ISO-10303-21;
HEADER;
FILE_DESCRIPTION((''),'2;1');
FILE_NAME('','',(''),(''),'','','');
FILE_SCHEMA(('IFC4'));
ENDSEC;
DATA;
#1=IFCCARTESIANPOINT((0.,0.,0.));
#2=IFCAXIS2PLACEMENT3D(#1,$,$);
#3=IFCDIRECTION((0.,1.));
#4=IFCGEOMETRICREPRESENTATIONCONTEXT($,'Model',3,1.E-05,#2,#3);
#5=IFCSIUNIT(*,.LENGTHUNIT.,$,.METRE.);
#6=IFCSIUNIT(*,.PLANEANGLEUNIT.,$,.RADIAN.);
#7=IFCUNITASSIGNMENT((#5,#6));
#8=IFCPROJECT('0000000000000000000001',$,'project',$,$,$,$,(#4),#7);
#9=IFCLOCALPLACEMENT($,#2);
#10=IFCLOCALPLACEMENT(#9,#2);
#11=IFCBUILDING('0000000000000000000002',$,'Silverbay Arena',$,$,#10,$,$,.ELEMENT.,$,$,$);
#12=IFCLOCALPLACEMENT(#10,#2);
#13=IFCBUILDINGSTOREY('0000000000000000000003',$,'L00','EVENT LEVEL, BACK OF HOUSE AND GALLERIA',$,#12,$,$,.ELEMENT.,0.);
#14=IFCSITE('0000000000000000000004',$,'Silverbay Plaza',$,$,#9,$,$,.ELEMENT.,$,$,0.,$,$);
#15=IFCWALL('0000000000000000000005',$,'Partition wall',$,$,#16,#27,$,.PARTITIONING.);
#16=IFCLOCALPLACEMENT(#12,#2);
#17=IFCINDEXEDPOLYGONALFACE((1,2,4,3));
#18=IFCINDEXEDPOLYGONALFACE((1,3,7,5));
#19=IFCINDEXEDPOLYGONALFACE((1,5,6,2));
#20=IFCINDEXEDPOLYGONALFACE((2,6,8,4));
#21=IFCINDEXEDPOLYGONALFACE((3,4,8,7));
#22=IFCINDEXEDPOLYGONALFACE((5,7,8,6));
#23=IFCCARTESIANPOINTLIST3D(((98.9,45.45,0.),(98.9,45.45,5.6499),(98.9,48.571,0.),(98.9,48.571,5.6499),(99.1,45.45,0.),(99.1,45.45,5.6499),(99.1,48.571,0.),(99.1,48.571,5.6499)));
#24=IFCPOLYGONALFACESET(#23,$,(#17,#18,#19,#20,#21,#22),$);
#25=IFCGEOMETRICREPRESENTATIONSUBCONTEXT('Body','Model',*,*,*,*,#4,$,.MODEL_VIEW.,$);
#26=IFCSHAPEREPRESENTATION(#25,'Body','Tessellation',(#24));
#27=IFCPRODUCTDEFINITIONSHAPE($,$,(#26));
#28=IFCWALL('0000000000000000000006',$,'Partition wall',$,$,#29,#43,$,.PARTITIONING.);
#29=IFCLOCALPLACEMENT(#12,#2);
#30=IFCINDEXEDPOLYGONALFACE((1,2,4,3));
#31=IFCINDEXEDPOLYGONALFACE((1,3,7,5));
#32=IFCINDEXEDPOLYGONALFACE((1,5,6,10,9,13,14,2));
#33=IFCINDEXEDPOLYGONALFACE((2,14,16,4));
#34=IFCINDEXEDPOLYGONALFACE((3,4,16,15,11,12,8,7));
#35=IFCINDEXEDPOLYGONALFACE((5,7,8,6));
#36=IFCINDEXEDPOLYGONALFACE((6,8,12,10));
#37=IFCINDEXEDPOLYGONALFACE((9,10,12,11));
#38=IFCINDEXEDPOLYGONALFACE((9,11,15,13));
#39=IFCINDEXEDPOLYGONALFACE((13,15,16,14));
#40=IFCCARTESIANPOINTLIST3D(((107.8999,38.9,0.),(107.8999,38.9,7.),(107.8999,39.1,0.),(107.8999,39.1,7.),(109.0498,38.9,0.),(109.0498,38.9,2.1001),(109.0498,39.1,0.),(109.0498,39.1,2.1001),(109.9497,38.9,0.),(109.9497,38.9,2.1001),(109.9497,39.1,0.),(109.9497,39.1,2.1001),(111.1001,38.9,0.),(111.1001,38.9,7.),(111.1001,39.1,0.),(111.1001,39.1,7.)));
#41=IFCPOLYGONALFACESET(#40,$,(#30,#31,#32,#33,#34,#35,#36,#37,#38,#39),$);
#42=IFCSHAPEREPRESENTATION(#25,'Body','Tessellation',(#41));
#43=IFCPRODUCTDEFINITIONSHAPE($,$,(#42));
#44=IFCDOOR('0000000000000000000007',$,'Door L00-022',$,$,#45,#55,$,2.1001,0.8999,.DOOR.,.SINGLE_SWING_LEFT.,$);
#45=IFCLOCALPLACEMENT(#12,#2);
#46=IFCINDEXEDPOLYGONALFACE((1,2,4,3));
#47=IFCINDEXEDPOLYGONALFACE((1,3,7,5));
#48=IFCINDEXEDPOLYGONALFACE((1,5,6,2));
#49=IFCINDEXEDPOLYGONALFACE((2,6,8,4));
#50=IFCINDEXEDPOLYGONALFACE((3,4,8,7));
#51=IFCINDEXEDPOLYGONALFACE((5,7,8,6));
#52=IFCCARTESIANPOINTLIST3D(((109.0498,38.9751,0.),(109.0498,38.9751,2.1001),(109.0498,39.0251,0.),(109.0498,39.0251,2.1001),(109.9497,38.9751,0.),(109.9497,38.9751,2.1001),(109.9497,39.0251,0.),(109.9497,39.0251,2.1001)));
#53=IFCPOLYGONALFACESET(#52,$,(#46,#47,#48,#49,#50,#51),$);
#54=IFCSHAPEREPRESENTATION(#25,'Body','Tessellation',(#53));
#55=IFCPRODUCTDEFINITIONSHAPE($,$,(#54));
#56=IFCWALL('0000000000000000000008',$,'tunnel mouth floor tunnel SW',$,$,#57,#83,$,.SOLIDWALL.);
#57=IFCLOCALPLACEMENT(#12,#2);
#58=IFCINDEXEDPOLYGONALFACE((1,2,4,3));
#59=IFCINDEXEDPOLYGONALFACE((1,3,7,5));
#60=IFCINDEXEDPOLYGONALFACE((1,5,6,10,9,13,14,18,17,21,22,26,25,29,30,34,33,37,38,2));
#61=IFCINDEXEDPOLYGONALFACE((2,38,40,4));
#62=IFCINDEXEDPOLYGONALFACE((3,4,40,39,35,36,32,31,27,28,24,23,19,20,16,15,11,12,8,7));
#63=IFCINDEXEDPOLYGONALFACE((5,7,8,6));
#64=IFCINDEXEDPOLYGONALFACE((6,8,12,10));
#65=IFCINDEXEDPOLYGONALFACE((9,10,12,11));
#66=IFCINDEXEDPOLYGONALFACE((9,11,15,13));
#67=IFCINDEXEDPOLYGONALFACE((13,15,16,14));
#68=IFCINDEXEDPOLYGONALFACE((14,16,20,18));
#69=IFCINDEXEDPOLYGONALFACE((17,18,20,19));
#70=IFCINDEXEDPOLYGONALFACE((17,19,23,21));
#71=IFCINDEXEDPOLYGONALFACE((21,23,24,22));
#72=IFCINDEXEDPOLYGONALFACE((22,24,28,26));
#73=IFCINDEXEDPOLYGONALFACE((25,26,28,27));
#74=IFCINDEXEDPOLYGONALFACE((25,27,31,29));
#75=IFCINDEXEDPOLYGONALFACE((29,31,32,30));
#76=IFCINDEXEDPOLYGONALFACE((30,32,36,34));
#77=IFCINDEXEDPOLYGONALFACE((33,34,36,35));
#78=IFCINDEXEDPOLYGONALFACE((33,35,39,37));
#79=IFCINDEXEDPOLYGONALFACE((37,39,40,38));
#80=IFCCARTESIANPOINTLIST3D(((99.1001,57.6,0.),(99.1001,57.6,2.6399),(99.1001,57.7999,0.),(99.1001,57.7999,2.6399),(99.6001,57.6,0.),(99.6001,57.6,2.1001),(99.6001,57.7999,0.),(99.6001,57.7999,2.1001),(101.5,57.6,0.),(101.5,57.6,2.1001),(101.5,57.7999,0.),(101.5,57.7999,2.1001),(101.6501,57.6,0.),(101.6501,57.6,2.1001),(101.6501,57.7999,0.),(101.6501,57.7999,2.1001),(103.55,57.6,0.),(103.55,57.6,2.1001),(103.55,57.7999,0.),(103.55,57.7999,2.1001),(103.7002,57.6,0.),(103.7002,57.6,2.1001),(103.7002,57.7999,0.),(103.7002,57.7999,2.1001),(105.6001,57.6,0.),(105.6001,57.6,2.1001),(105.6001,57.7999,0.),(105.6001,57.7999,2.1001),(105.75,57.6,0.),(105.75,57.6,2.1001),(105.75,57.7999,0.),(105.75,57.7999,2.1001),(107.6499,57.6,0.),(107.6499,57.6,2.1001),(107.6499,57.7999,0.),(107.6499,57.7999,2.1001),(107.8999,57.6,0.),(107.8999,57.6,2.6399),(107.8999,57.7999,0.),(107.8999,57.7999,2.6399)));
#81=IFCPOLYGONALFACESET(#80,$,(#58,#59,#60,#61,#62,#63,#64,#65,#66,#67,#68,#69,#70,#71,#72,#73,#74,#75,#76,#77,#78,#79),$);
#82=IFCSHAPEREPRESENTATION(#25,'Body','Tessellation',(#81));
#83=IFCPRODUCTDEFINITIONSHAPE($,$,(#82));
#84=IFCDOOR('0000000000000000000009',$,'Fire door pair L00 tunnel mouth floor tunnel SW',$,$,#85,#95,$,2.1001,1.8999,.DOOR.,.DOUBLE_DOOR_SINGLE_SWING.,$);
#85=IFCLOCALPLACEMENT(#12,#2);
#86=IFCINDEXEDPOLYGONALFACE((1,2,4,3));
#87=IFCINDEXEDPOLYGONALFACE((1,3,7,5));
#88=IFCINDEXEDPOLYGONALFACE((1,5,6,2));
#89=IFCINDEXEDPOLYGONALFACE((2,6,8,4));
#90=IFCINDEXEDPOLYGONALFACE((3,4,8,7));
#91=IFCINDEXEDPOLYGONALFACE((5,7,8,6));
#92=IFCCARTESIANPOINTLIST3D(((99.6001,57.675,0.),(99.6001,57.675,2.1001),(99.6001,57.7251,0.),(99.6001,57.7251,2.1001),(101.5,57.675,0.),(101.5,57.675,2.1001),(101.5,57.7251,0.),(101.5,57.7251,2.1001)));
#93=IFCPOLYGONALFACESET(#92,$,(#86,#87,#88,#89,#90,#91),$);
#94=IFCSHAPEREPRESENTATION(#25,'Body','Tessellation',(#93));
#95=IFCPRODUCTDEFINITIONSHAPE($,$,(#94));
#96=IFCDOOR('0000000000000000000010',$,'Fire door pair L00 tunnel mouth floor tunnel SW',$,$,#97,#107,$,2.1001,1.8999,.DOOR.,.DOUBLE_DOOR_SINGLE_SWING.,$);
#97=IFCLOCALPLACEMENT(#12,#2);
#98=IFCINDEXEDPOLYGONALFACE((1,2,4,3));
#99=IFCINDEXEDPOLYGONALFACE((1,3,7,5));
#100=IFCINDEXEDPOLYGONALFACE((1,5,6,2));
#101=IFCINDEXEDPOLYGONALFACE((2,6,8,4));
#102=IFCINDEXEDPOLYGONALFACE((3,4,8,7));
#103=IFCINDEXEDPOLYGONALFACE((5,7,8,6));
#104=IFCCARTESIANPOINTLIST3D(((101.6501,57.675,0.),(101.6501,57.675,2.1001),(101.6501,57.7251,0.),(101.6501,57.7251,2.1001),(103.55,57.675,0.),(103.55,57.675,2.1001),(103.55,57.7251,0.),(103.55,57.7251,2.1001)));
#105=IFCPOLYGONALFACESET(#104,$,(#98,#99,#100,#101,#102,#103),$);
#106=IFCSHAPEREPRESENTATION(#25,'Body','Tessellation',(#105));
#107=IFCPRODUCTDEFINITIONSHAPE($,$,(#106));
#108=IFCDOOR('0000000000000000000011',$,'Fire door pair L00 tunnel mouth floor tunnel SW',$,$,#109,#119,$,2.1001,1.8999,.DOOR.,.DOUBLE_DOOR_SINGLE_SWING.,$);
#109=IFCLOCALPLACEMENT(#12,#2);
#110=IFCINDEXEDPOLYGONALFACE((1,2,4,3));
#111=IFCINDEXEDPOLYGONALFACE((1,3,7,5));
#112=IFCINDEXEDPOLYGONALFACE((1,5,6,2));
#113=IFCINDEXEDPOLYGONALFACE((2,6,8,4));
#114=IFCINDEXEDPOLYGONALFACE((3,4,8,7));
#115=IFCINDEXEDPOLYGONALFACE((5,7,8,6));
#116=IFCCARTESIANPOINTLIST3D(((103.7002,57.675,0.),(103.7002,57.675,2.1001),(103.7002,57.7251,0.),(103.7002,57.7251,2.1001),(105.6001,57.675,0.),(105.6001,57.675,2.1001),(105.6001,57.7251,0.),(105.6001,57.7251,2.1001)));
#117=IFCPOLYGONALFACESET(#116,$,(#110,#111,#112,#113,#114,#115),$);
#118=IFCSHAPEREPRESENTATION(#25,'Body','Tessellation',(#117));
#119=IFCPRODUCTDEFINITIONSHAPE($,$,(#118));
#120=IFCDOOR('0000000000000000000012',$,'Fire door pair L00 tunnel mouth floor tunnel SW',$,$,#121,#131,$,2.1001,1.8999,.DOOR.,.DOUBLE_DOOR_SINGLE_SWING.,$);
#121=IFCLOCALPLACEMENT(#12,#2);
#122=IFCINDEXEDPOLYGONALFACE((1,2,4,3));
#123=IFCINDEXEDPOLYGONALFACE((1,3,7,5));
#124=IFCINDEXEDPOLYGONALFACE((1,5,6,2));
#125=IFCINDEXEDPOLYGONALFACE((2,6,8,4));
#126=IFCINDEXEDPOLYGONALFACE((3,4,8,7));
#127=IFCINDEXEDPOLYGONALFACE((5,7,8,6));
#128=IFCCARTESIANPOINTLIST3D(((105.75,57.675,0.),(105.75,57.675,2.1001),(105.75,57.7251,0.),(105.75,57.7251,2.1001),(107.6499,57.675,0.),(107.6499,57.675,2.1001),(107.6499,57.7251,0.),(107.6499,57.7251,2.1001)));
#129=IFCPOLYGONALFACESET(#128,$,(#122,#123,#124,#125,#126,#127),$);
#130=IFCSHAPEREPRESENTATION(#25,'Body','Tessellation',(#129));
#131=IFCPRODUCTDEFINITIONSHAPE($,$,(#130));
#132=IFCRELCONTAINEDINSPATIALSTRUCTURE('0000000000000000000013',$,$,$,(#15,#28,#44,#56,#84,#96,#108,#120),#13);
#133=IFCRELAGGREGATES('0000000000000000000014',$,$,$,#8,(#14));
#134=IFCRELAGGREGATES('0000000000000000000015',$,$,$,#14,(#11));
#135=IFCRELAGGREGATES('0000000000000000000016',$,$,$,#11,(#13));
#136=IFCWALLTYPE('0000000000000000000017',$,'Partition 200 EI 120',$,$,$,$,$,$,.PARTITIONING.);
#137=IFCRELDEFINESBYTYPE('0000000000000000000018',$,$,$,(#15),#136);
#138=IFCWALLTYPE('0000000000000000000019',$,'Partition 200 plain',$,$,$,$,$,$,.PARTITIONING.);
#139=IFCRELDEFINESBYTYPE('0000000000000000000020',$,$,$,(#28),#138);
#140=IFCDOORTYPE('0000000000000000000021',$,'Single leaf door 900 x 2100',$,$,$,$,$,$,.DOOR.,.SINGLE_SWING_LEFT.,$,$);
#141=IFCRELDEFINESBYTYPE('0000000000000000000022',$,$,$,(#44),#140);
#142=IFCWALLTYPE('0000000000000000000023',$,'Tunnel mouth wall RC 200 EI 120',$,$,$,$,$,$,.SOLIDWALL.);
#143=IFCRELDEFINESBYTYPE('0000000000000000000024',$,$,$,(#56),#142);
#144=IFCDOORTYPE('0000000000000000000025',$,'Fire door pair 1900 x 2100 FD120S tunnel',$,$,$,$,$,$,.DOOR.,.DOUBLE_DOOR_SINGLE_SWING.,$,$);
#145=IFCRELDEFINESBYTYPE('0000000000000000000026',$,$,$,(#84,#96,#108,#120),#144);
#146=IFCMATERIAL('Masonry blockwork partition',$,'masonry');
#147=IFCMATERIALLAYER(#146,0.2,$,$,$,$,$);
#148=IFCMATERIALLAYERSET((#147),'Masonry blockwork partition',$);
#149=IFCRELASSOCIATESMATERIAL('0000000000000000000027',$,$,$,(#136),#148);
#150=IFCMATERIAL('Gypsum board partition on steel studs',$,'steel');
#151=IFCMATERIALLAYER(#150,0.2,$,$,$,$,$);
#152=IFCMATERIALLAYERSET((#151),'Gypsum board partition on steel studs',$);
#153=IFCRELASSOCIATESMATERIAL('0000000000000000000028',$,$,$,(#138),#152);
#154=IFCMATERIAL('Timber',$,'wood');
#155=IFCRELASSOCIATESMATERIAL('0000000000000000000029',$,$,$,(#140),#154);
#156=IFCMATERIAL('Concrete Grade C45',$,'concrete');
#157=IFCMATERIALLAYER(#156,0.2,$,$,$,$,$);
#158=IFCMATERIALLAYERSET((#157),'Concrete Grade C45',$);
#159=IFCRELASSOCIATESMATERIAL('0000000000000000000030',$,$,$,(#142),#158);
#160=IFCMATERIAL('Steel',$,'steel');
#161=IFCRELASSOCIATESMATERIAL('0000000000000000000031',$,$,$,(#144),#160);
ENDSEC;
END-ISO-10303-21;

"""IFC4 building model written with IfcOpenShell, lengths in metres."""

from ifc_helpers import new_model, si_unit, direction, frame, frame_2d, origin, place, context, subcontext, project, spatial, rectangle, extrude, material, layer, layer_set, type_object, element, fill, save


model = new_model("IFC4")

# Units and contexts
model_context = context("Model", 3, precision=1e-05, world=origin(), true_north=direction((0.0, 1.0)))
body_context = subcontext(model_context, "Body", "Model", "MODEL_VIEW")
ifc_project = project(units=[si_unit("LENGTHUNIT", "METRE"), si_unit("PLANEANGLEUNIT", "RADIAN")], contexts=[model_context])

# Site, building, storey
site_placement = place(None, origin())
site = spatial("IfcSite", under=ifc_project, at=site_placement, Name="Silverbay Plaza", CompositionType="ELEMENT", RefElevation=0.0)
building_placement = place(site_placement, origin())
building = spatial("IfcBuilding", under=site, at=building_placement, Name="Silverbay Arena", CompositionType="ELEMENT")
storey_placement = place(building_placement, origin())
storey = spatial("IfcBuildingStorey", under=building, at=storey_placement, Name="L00", Description="EVENT LEVEL, BACK OF HOUSE AND GALLERIA", CompositionType="ELEMENT", Elevation=0.0)

# Wall
ifc_material_1 = material(Name="Masonry blockwork partition", Category="masonry")
ifc_layer_1 = layer(ifc_material_1, 0.2)
ifc_layer_set_1 = layer_set([ifc_layer_1], Name="Masonry blockwork partition")
wall_type_1 = type_object("IfcWallType", Name="Partition 200 EI 120", PredefinedType="PARTITIONING", material=ifc_layer_set_1)
wall_1_placement = place(storey_placement, frame((99.0, 45.45, 0.0), z_axis=(0.0, 0.0, 1.0), x_axis=(0.0, 1.0, 0.0)))
element("IfcWall", 1, at=wall_1_placement, inside=storey, type_object=wall_type_1, Name="Partition wall", PredefinedType="PARTITIONING", context=body_context, shape_type="SweptSolid", body=[
    extrude(rectangle(XDim=3.1211, YDim=0.2, at=frame_2d((1.5605, 0.0))), origin(), (0.0, 0.0, 1.0), 5.6499),
])

# Wall, opening, door
ifc_material_2 = material(Name="Gypsum board partition on steel studs", Category="steel")
ifc_layer_2 = layer(ifc_material_2, 0.2)
ifc_layer_set_2 = layer_set([ifc_layer_2], Name="Gypsum board partition on steel studs")
wall_type_2 = type_object("IfcWallType", Name="Partition 200 plain", PredefinedType="PARTITIONING", material=ifc_layer_set_2)
wall_2_placement = place(storey_placement, frame((107.8999, 39.0, 0.0), z_axis=(0.0, 0.0, 1.0), x_axis=(1.0, 0.0, 0.0)))
wall_2 = element("IfcWall", 2, at=wall_2_placement, inside=storey, type_object=wall_type_2, Name="Partition wall", PredefinedType="PARTITIONING", context=body_context, shape_type="SweptSolid", body=[
    extrude(rectangle(XDim=3.2002, YDim=0.2, at=frame_2d((1.6001, 0.0))), origin(), (0.0, 0.0, 1.0), 7.0),
])
opening_1_placement = place(wall_2_placement, frame((1.1499, 0.0, 0.0)))
opening_1 = element("IfcOpeningElement", 3, at=opening_1_placement, cuts=wall_2, PredefinedType="OPENING", context=body_context, shape_type="SweptSolid", body=[
    extrude(rectangle(XDim=0.8999, YDim=2.1001, at=frame_2d((0.45, 1.05))), frame((0.0, 0.1099, 0.0), z_axis=(0.0, -1.0, 0.0), x_axis=(1.0, 0.0, 0.0)), (0.0, 0.0, 1.0), 0.22),
])
ifc_material_3 = material(Name="Timber", Category="wood")
door_type_1 = type_object("IfcDoorType", Name="Single leaf door 900 x 2100", OperationType="SINGLE_SWING_LEFT", PredefinedType="DOOR", material=ifc_material_3)
door_1_placement = place(opening_1_placement, frame((0.8999, 0.0, 0.0), z_axis=(0.0, 0.0, 1.0), x_axis=(-1.0, 0.0, 0.0)))
door_1 = element("IfcDoor", 4, at=door_1_placement, inside=storey, type_object=door_type_1, Name="Door L00-022", OperationType="SINGLE_SWING_LEFT", OverallHeight=2.1001, OverallWidth=0.8999, PredefinedType="DOOR", context=body_context, shape_type="SweptSolid", body=[
    extrude(rectangle(XDim=0.8999, YDim=2.1001, at=frame_2d((0.45, 1.05))), frame((0.0, 0.0249, 0.0), z_axis=(0.0, -1.0, 0.0), x_axis=(1.0, 0.0, 0.0)), (0.0, 0.0, 1.0), 0.05),
])
fill(opening_1, door_1)

# Wall, openings, doors
ifc_material_4 = material(Name="Concrete Grade C45", Category="concrete")
ifc_layer_3 = layer(ifc_material_4, 0.2)
ifc_layer_set_3 = layer_set([ifc_layer_3], Name="Concrete Grade C45")
wall_type_3 = type_object("IfcWallType", Name="Tunnel mouth wall RC 200 EI 120", PredefinedType="SOLIDWALL", material=ifc_layer_set_3)
wall_3_placement = place(storey_placement, frame((99.1001, 57.7, 0.0), z_axis=(0.0, 0.0, 1.0), x_axis=(1.0, 0.0, 0.0)))
wall_3 = element("IfcWall", 5, at=wall_3_placement, inside=storey, type_object=wall_type_3, Name="tunnel mouth floor tunnel SW", PredefinedType="SOLIDWALL", context=body_context, shape_type="SweptSolid", body=[
    extrude(rectangle(XDim=8.7998, YDim=0.2, at=frame_2d((4.3999, 0.0))), origin(), (0.0, 0.0, 1.0), 2.6399),
])
opening_2_placement = place(wall_3_placement, frame((0.5, 0.0, 0.0)))
opening_2 = element("IfcOpeningElement", 6, at=opening_2_placement, cuts=wall_3, PredefinedType="OPENING", context=body_context, shape_type="SweptSolid", body=[
    extrude(rectangle(XDim=1.8999, YDim=2.1001, at=frame_2d((0.95, 1.05))), frame((0.0, 0.1099, 0.0), z_axis=(0.0, -1.0, 0.0), x_axis=(1.0, 0.0, 0.0)), (0.0, 0.0, 1.0), 0.22),
])
opening_3_placement = place(wall_3_placement, frame((2.55, 0.0, 0.0)))
opening_3 = element("IfcOpeningElement", 7, at=opening_3_placement, cuts=wall_3, PredefinedType="OPENING", context=body_context, shape_type="SweptSolid", body=[
    extrude(rectangle(XDim=1.8999, YDim=2.1001, at=frame_2d((0.95, 1.05))), frame((0.0, 0.1099, 0.0), z_axis=(0.0, -1.0, 0.0), x_axis=(1.0, 0.0, 0.0)), (0.0, 0.0, 1.0), 0.22),
])
opening_4_placement = place(wall_3_placement, frame((4.6001, 0.0, 0.0)))
opening_4 = element("IfcOpeningElement", 8, at=opening_4_placement, cuts=wall_3, PredefinedType="OPENING", context=body_context, shape_type="SweptSolid", body=[
    extrude(rectangle(XDim=1.8999, YDim=2.1001, at=frame_2d((0.95, 1.05))), frame((0.0, 0.1099, 0.0), z_axis=(0.0, -1.0, 0.0), x_axis=(1.0, 0.0, 0.0)), (0.0, 0.0, 1.0), 0.22),
])
opening_5_placement = place(wall_3_placement, frame((6.6499, 0.0, 0.0)))
opening_5 = element("IfcOpeningElement", 9, at=opening_5_placement, cuts=wall_3, PredefinedType="OPENING", context=body_context, shape_type="SweptSolid", body=[
    extrude(rectangle(XDim=1.8999, YDim=2.1001, at=frame_2d((0.95, 1.05))), frame((0.0, 0.1099, 0.0), z_axis=(0.0, -1.0, 0.0), x_axis=(1.0, 0.0, 0.0)), (0.0, 0.0, 1.0), 0.22),
])
ifc_material_5 = material(Name="Steel", Category="steel")
door_type_2 = type_object("IfcDoorType", Name="Fire door pair 1900 x 2100 FD120S tunnel", OperationType="DOUBLE_DOOR_SINGLE_SWING", PredefinedType="DOOR", material=ifc_material_5)
door_2_placement = place(opening_2_placement, frame((1.8999, 0.0, 0.0), z_axis=(0.0, 0.0, 1.0), x_axis=(-1.0, 0.0, 0.0)))
door_2 = element("IfcDoor", 10, at=door_2_placement, inside=storey, type_object=door_type_2, Name="Fire door pair L00 tunnel mouth floor tunnel SW", OperationType="DOUBLE_DOOR_SINGLE_SWING", OverallHeight=2.1001, OverallWidth=1.8999, PredefinedType="DOOR", context=body_context, shape_type="SweptSolid", body=[
    extrude(rectangle(XDim=1.8999, YDim=2.1001, at=frame_2d((0.95, 1.05))), frame((0.0, 0.0249, 0.0), z_axis=(0.0, -1.0, 0.0), x_axis=(1.0, 0.0, 0.0)), (0.0, 0.0, 1.0), 0.05),
])
fill(opening_2, door_2)
door_3_placement = place(opening_3_placement, frame((1.8999, 0.0, 0.0), z_axis=(0.0, 0.0, 1.0), x_axis=(-1.0, 0.0, 0.0)))
door_3 = element("IfcDoor", 11, at=door_3_placement, inside=storey, type_object=door_type_2, Name="Fire door pair L00 tunnel mouth floor tunnel SW", OperationType="DOUBLE_DOOR_SINGLE_SWING", OverallHeight=2.1001, OverallWidth=1.8999, PredefinedType="DOOR", context=body_context, shape_type="SweptSolid", body=[
    extrude(rectangle(XDim=1.8999, YDim=2.1001, at=frame_2d((0.95, 1.05))), frame((0.0, 0.0249, 0.0), z_axis=(0.0, -1.0, 0.0), x_axis=(1.0, 0.0, 0.0)), (0.0, 0.0, 1.0), 0.05),
])
fill(opening_3, door_3)
door_4_placement = place(opening_4_placement, frame((1.8999, 0.0, 0.0), z_axis=(0.0, 0.0, 1.0), x_axis=(-1.0, 0.0, 0.0)))
door_4 = element("IfcDoor", 12, at=door_4_placement, inside=storey, type_object=door_type_2, Name="Fire door pair L00 tunnel mouth floor tunnel SW", OperationType="DOUBLE_DOOR_SINGLE_SWING", OverallHeight=2.1001, OverallWidth=1.8999, PredefinedType="DOOR", context=body_context, shape_type="SweptSolid", body=[
    extrude(rectangle(XDim=1.8999, YDim=2.1001, at=frame_2d((0.95, 1.05))), frame((0.0, 0.0249, 0.0), z_axis=(0.0, -1.0, 0.0), x_axis=(1.0, 0.0, 0.0)), (0.0, 0.0, 1.0), 0.05),
])
fill(opening_4, door_4)
door_5_placement = place(opening_5_placement, frame((1.8999, 0.0, 0.0), z_axis=(0.0, 0.0, 1.0), x_axis=(-1.0, 0.0, 0.0)))
door_5 = element("IfcDoor", 13, at=door_5_placement, inside=storey, type_object=door_type_2, Name="Fire door pair L00 tunnel mouth floor tunnel SW", OperationType="DOUBLE_DOOR_SINGLE_SWING", OverallHeight=2.1001, OverallWidth=1.8999, PredefinedType="DOOR", context=body_context, shape_type="SweptSolid", body=[
    extrude(rectangle(XDim=1.8999, YDim=2.1001, at=frame_2d((0.95, 1.05))), frame((0.0, 0.0249, 0.0), z_axis=(0.0, -1.0, 0.0), x_axis=(1.0, 0.0, 0.0)), (0.0, 0.0, 1.0), 0.05),
])
fill(opening_5, door_5)

save(model, "model.ifc")
